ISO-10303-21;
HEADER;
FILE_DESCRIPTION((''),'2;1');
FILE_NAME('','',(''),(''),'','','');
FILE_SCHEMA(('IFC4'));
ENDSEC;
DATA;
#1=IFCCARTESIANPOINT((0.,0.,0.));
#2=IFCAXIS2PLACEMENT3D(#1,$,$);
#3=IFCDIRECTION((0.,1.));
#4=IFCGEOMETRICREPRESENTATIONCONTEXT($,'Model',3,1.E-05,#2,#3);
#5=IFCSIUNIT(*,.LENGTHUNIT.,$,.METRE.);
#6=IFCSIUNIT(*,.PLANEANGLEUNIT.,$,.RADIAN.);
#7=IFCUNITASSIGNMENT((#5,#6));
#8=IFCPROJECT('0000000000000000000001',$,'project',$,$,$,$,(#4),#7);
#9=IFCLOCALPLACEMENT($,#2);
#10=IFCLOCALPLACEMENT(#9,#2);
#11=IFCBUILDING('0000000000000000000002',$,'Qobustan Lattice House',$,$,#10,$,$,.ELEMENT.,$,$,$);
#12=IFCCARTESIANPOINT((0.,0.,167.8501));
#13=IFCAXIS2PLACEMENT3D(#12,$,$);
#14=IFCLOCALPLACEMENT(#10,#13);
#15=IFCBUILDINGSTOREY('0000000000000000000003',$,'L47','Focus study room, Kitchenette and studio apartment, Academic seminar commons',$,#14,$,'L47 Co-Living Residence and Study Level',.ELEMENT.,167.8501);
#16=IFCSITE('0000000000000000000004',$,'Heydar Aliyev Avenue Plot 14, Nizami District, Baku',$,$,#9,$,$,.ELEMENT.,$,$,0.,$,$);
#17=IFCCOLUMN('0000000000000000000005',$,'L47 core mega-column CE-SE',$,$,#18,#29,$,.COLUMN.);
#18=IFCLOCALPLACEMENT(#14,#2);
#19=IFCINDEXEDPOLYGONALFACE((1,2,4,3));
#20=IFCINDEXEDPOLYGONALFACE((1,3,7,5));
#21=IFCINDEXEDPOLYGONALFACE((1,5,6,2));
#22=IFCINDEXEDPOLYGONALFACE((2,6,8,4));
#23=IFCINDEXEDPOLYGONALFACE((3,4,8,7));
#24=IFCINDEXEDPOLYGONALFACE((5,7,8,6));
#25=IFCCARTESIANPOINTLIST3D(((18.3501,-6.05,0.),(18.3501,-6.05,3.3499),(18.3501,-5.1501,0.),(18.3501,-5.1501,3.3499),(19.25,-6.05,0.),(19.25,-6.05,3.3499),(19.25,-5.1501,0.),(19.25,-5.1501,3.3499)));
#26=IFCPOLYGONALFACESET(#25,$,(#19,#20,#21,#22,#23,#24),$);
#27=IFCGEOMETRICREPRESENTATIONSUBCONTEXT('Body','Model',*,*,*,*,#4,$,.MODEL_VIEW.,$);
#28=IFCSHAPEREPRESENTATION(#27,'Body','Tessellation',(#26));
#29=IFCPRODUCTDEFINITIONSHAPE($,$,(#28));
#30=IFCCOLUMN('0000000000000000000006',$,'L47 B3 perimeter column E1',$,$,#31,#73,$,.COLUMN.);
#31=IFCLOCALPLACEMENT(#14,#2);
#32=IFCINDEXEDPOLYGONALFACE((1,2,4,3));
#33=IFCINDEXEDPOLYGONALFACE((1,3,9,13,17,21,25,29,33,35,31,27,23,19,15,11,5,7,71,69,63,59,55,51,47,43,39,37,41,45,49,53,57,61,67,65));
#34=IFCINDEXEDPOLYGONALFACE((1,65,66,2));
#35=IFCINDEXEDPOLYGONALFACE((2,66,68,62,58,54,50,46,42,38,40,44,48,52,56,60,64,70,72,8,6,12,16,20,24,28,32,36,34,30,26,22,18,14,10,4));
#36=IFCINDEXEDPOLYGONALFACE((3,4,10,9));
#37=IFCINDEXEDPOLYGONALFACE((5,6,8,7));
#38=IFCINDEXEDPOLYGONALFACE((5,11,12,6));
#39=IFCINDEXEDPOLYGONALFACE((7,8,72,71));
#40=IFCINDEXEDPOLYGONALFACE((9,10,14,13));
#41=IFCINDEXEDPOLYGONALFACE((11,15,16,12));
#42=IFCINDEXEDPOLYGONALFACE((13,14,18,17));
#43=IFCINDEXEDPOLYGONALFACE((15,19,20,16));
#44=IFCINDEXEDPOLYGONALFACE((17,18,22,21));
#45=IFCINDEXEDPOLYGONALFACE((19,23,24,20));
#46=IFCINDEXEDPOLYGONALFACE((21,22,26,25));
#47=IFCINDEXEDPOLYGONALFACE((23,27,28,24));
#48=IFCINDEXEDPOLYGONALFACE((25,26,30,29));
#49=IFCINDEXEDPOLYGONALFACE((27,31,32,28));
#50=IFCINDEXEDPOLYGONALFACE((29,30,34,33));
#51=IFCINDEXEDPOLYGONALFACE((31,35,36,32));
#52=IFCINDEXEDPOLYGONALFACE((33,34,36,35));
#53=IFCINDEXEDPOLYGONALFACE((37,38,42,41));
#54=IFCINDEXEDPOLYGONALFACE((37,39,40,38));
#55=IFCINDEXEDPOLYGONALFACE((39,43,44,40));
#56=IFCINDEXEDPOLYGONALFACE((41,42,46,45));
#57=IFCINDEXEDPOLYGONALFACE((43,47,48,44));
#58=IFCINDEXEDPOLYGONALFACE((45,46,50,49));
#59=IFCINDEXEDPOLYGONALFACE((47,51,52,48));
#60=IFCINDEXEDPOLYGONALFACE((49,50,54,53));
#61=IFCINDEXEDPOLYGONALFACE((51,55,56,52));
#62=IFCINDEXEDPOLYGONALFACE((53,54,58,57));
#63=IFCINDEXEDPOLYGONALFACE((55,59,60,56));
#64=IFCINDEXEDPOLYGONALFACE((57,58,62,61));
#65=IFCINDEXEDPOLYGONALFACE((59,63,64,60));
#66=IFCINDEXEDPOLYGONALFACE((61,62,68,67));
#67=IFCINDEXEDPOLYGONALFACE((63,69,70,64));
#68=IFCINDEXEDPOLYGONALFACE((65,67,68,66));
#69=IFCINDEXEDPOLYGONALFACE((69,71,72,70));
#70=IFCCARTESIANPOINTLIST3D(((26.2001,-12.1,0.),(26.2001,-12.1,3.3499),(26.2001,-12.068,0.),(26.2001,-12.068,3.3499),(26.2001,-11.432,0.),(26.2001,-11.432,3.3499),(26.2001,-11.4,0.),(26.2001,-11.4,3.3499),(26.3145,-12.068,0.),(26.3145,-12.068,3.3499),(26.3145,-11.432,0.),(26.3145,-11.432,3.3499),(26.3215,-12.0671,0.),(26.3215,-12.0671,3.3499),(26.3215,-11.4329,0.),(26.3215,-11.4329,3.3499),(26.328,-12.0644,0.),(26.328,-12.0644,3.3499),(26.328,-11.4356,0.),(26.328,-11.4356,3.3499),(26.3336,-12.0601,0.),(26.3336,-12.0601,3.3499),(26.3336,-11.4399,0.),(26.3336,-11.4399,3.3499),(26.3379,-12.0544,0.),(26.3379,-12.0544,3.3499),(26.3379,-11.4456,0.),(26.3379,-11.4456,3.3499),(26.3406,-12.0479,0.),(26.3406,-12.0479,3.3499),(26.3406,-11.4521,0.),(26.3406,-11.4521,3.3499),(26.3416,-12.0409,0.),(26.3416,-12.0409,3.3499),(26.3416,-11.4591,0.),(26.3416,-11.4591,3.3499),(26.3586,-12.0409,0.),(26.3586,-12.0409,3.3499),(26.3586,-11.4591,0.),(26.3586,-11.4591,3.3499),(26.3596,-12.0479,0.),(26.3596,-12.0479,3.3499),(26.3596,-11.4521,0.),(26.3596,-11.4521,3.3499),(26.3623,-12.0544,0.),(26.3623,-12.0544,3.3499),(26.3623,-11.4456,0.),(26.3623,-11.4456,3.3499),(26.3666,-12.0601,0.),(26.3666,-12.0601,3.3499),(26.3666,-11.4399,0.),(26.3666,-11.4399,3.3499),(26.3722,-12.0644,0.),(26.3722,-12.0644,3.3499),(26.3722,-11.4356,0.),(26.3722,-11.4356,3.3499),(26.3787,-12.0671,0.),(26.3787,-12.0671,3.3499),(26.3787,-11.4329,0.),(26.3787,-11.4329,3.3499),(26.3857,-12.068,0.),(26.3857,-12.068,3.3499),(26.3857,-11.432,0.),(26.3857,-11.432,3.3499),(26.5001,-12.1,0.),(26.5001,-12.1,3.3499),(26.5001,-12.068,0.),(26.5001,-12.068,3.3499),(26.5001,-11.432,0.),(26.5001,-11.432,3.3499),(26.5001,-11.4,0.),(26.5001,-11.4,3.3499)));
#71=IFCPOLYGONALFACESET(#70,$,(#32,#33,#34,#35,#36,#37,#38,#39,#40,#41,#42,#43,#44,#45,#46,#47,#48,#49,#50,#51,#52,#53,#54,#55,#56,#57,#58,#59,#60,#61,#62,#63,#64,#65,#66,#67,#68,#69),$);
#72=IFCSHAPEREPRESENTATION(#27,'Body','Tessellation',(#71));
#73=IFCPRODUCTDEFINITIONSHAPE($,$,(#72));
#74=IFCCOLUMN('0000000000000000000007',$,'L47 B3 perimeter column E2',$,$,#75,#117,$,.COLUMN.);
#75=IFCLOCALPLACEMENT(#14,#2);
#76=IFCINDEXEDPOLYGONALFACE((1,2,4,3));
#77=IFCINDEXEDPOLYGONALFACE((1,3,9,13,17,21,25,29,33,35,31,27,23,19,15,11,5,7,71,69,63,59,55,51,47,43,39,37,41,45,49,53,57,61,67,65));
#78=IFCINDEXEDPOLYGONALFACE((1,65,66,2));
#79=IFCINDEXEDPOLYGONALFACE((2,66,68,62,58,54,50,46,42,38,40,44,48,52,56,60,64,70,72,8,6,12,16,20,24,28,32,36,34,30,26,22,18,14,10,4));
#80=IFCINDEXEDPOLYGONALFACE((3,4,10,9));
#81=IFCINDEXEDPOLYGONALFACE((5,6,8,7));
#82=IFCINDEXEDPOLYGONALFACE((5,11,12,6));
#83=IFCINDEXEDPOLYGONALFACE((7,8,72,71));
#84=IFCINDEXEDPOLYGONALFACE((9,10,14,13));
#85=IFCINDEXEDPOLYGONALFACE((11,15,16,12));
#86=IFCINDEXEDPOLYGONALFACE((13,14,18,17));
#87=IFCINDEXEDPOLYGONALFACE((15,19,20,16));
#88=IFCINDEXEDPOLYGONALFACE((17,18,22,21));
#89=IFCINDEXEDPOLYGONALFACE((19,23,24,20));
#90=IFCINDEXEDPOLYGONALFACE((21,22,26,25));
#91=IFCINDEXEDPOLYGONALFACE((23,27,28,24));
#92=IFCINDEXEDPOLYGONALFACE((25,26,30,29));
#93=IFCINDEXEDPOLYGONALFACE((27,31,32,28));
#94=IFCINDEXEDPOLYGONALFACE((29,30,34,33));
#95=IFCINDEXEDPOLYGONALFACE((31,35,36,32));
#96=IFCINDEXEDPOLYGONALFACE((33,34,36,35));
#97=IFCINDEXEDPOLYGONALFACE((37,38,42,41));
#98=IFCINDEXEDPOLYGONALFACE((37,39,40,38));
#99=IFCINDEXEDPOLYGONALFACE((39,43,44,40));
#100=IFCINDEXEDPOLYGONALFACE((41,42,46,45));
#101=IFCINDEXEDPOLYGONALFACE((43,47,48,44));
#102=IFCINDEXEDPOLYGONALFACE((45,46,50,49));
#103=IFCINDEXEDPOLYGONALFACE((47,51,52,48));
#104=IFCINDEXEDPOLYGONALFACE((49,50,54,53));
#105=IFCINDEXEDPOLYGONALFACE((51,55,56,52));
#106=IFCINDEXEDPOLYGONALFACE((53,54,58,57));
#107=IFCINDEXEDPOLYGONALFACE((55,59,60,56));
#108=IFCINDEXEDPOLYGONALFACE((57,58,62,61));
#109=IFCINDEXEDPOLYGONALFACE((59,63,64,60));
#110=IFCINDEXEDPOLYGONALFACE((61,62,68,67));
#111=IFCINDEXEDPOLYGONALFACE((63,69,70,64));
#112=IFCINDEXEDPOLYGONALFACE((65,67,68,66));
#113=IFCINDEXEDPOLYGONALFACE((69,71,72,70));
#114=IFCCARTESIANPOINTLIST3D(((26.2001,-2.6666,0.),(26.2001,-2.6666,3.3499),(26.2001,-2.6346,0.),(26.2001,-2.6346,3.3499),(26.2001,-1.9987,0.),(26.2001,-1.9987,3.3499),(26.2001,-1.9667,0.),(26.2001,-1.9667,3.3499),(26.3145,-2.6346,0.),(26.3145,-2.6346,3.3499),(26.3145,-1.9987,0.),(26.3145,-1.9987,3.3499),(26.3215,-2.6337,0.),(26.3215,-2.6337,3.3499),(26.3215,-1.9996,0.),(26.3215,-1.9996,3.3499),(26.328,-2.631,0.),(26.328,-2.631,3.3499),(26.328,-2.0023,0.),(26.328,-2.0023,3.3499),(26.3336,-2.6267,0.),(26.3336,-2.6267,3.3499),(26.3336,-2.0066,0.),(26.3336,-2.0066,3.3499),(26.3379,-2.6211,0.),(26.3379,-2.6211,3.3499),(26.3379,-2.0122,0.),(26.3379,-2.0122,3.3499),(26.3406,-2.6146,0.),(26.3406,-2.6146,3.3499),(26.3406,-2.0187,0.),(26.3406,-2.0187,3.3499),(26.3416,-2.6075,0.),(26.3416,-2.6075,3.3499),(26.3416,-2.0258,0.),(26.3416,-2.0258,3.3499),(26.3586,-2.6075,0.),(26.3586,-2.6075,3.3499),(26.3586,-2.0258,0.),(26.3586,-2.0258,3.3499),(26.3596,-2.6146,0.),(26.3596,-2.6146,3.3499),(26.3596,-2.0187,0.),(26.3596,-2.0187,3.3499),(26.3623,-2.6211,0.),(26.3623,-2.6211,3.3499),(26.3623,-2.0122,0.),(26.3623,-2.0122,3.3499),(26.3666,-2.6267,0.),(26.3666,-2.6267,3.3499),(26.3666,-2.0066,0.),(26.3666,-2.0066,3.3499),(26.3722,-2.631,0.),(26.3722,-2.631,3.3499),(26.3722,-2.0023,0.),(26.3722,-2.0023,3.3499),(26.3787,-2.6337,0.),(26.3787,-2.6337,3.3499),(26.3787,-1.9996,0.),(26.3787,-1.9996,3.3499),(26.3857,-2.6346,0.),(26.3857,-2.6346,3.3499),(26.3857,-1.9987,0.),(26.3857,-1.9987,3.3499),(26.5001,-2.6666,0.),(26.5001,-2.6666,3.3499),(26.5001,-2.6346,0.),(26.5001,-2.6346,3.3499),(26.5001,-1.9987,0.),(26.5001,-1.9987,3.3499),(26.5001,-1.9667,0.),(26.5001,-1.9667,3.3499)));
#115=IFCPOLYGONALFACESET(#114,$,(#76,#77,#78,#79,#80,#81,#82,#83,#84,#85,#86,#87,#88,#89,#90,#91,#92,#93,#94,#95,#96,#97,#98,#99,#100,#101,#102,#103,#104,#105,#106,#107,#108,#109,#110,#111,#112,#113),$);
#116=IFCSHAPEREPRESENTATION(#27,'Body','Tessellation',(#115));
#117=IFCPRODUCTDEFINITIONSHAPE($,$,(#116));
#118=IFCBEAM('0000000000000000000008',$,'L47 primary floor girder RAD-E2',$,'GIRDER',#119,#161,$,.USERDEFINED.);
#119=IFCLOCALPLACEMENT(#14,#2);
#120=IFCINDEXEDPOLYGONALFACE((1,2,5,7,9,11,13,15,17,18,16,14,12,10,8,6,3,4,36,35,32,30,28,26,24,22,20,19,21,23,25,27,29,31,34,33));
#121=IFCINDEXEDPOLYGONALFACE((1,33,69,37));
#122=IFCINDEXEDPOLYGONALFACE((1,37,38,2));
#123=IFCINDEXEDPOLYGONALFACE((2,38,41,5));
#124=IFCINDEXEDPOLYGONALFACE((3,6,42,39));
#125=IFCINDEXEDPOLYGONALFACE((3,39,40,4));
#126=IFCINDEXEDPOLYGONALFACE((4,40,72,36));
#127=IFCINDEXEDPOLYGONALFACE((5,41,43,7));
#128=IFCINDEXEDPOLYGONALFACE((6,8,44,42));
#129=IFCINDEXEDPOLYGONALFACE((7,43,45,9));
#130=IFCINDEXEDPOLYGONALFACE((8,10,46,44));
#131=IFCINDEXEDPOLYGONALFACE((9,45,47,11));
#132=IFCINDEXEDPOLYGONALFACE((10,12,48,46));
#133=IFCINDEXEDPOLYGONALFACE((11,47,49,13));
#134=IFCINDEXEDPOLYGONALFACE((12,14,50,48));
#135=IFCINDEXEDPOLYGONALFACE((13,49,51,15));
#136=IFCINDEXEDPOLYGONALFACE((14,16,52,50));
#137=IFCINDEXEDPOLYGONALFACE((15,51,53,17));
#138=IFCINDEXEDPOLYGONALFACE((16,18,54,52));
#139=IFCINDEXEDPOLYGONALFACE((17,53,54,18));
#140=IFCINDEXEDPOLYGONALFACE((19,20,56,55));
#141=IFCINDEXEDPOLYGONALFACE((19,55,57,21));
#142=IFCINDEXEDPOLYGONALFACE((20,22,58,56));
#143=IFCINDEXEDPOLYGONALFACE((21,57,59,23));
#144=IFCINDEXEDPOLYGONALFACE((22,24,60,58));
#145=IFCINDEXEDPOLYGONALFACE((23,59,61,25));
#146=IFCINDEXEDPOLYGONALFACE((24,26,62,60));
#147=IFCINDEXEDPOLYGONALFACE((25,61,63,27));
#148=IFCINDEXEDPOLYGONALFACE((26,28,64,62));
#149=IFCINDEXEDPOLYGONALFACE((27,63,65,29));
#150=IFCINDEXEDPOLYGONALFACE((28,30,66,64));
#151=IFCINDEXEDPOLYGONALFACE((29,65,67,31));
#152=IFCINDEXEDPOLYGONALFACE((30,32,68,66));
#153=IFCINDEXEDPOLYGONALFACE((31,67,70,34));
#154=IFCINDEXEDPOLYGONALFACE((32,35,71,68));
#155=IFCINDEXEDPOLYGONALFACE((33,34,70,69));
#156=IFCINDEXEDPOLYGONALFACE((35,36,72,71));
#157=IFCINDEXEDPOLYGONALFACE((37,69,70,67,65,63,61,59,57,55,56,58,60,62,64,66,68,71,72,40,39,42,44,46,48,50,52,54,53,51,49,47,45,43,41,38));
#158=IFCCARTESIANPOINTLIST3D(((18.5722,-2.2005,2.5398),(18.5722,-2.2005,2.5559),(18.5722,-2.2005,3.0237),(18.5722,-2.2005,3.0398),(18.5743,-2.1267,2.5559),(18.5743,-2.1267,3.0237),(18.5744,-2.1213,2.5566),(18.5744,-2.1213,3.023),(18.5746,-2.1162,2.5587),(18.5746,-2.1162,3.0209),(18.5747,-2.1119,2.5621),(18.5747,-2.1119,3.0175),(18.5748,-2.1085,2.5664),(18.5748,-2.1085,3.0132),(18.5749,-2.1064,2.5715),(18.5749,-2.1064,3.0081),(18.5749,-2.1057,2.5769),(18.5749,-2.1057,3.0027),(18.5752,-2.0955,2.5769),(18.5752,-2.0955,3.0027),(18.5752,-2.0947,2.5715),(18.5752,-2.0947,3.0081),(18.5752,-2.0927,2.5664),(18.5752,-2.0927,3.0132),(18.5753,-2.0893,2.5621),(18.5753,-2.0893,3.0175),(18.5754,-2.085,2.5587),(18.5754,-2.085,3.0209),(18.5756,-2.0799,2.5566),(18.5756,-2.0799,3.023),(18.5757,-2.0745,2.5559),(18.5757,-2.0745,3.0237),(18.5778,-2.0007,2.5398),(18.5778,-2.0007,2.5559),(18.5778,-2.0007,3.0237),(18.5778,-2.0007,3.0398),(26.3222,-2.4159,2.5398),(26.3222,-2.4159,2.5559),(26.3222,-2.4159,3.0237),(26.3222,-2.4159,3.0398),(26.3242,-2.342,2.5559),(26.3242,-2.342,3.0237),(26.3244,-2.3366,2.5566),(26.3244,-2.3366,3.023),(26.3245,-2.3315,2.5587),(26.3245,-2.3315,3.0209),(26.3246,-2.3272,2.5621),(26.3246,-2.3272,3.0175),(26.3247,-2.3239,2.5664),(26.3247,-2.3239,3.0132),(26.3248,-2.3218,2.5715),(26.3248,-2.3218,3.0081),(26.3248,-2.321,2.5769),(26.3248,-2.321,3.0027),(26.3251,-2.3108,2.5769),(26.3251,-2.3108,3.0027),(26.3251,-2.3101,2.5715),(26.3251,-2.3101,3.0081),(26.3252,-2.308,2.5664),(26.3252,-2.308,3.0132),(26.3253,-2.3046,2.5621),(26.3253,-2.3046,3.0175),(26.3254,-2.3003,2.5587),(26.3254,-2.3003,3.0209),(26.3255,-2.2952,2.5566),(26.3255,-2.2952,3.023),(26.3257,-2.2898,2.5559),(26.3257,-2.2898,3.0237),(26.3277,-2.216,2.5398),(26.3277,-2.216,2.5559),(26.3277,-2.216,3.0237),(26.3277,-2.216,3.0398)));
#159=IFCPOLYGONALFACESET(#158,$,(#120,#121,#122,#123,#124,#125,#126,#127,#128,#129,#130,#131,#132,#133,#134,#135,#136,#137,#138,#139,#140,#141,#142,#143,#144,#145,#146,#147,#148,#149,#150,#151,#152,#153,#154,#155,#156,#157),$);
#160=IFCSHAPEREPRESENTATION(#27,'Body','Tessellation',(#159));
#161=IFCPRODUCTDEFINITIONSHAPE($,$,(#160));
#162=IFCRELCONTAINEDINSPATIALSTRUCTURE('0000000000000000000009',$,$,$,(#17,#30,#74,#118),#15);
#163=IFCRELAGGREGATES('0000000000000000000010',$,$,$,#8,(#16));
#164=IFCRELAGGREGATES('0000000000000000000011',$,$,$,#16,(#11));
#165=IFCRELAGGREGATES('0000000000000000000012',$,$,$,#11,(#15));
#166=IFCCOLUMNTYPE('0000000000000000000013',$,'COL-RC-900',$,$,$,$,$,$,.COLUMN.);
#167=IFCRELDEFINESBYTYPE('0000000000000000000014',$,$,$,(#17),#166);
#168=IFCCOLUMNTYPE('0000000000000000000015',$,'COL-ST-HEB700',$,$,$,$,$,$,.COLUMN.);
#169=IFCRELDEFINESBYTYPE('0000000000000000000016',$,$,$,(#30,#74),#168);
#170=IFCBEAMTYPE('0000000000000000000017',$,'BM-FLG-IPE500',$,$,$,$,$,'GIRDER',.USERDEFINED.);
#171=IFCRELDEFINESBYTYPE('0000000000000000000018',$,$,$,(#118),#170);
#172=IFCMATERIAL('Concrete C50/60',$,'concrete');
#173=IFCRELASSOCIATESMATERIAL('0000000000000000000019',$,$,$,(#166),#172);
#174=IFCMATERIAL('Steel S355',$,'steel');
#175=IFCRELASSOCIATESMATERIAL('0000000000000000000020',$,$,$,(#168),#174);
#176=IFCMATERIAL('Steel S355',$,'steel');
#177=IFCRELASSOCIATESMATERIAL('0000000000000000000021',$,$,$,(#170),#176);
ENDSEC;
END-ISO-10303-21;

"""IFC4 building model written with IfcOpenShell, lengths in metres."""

from ifc_helpers import new_model, si_unit, direction, frame, origin, origin_2d, place, context, subcontext, project, spatial, rectangle, i_section, extrude, material, material_profile, profile_set, type_object, element, save


model = new_model("IFC4")

# Units and contexts
model_context = context("Model", 3, precision=1e-05, world=origin(), true_north=direction((0.0, 1.0)))
body_context = subcontext(model_context, "Body", "Model", "MODEL_VIEW")
ifc_project = project(units=[si_unit("LENGTHUNIT", "METRE"), si_unit("PLANEANGLEUNIT", "RADIAN")], contexts=[model_context])

# Site, building, storey
site_placement = place(None, origin())
site = spatial("IfcSite", under=ifc_project, at=site_placement, Name="Heydar Aliyev Avenue Plot 14, Nizami District, Baku", CompositionType="ELEMENT", RefElevation=0.0)
building_placement = place(site_placement, origin())
building = spatial("IfcBuilding", under=site, at=building_placement, Name="Qobustan Lattice House", CompositionType="ELEMENT")
storey_placement = place(building_placement, frame((0.0, 0.0, 167.8501)))
storey = spatial("IfcBuildingStorey", under=building, at=storey_placement, Name="L47", Description="Focus study room, Kitchenette and studio apartment, Academic seminar commons", LongName="L47 Co-Living Residence and Study Level", CompositionType="ELEMENT", Elevation=167.8501)

# Columns
ifc_material_1 = material(Name="Concrete C50/60", Category="concrete")
ifc_material_profile_1 = material_profile(ifc_material_1, rectangle(XDim=0.8999, YDim=0.8999, at=origin_2d()), Name="RC900x900")
ifc_profile_set_1 = profile_set([ifc_material_profile_1], Name="Concrete C50/60")
column_type_1 = type_object("IfcColumnType", Name="COL-RC-900", PredefinedType="COLUMN", material=ifc_profile_set_1)
column_placement = place(storey_placement, frame((18.8, -5.6001, 0.0), z_axis=(0.0, 0.0, 1.0), x_axis=(1.0, 0.0, 0.0)))
element("IfcColumn", 1, at=column_placement, inside=storey, type_object=column_type_1, Name="L47 core mega-column CE-SE", PredefinedType="COLUMN", context=body_context, shape_type="SweptSolid", body=[
    extrude(rectangle(XDim=0.8999, YDim=0.8999, at=origin_2d()), origin(), (0.0, 0.0, 1.0), 3.3499),
])
ifc_material_2 = material(Name="Steel S355", Category="steel")
ifc_material_profile_2 = material_profile(ifc_material_2, i_section(OverallWidth=0.3, OverallDepth=0.7, WebThickness=0.0171, FlangeThickness=0.032, FilletRadius=0.0271, at=origin_2d()), Name="HEB700")
ifc_profile_set_2 = profile_set([ifc_material_profile_2], Name="Steel S355")
column_type_2 = type_object("IfcColumnType", Name="COL-ST-HEB700", PredefinedType="COLUMN", material=ifc_profile_set_2)
for number, where, z_axis, x_axis, name in (
    (2, (26.3501, -11.75, 0.0), (0.0, 0.0, 1.0), (1.0, 0.0, 0.0), "L47 B3 perimeter column E1"),
    (3, (26.3501, -2.3167, 0.0), (0.0, 0.0, 1.0), (1.0, 0.0, 0.0), "L47 B3 perimeter column E2"),
):
    element("IfcColumn", number, at=place(storey_placement, frame(where, z_axis=z_axis, x_axis=x_axis)), inside=storey, type_object=column_type_2, Name=name, PredefinedType="COLUMN", context=body_context, shape_type="SweptSolid", body=[
        extrude(i_section(OverallWidth=0.3, OverallDepth=0.7, WebThickness=0.0171, FlangeThickness=0.032, FilletRadius=0.0271, at=origin_2d()), origin(), (0.0, 0.0, 1.0), 3.3499),
    ])

# Beam
ifc_material_3 = material(Name="Steel S355", Category="steel")
ifc_material_profile_3 = material_profile(ifc_material_3, i_section(OverallWidth=0.2, OverallDepth=0.5, WebThickness=0.0103, FlangeThickness=0.0161, FilletRadius=0.021, at=origin_2d()), Name="IPE500")
ifc_profile_set_3 = profile_set([ifc_material_profile_3], Name="Steel S355")
beam_type_1 = type_object("IfcBeamType", Name="BM-FLG-IPE500", ElementType="GIRDER", PredefinedType="USERDEFINED", material=ifc_profile_set_3)
beam_1_placement = place(storey_placement, frame((26.325, -2.3159, 2.7898), z_axis=(-0.999614, 0.027774, 0.0), x_axis=(-0.027774, -0.999614, 0.0)))
element("IfcBeam", 4, at=beam_1_placement, inside=storey, type_object=beam_type_1, Name="L47 primary floor girder RAD-E2", ObjectType="GIRDER", PredefinedType="USERDEFINED", context=body_context, shape_type="SweptSolid", body=[
    extrude(i_section(OverallWidth=0.2, OverallDepth=0.5, WebThickness=0.0103, FlangeThickness=0.0161, FilletRadius=0.021, at=origin_2d()), origin(), (0.0, 0.0, 1.0), 7.7529),
])

save(model, "model.ifc")
